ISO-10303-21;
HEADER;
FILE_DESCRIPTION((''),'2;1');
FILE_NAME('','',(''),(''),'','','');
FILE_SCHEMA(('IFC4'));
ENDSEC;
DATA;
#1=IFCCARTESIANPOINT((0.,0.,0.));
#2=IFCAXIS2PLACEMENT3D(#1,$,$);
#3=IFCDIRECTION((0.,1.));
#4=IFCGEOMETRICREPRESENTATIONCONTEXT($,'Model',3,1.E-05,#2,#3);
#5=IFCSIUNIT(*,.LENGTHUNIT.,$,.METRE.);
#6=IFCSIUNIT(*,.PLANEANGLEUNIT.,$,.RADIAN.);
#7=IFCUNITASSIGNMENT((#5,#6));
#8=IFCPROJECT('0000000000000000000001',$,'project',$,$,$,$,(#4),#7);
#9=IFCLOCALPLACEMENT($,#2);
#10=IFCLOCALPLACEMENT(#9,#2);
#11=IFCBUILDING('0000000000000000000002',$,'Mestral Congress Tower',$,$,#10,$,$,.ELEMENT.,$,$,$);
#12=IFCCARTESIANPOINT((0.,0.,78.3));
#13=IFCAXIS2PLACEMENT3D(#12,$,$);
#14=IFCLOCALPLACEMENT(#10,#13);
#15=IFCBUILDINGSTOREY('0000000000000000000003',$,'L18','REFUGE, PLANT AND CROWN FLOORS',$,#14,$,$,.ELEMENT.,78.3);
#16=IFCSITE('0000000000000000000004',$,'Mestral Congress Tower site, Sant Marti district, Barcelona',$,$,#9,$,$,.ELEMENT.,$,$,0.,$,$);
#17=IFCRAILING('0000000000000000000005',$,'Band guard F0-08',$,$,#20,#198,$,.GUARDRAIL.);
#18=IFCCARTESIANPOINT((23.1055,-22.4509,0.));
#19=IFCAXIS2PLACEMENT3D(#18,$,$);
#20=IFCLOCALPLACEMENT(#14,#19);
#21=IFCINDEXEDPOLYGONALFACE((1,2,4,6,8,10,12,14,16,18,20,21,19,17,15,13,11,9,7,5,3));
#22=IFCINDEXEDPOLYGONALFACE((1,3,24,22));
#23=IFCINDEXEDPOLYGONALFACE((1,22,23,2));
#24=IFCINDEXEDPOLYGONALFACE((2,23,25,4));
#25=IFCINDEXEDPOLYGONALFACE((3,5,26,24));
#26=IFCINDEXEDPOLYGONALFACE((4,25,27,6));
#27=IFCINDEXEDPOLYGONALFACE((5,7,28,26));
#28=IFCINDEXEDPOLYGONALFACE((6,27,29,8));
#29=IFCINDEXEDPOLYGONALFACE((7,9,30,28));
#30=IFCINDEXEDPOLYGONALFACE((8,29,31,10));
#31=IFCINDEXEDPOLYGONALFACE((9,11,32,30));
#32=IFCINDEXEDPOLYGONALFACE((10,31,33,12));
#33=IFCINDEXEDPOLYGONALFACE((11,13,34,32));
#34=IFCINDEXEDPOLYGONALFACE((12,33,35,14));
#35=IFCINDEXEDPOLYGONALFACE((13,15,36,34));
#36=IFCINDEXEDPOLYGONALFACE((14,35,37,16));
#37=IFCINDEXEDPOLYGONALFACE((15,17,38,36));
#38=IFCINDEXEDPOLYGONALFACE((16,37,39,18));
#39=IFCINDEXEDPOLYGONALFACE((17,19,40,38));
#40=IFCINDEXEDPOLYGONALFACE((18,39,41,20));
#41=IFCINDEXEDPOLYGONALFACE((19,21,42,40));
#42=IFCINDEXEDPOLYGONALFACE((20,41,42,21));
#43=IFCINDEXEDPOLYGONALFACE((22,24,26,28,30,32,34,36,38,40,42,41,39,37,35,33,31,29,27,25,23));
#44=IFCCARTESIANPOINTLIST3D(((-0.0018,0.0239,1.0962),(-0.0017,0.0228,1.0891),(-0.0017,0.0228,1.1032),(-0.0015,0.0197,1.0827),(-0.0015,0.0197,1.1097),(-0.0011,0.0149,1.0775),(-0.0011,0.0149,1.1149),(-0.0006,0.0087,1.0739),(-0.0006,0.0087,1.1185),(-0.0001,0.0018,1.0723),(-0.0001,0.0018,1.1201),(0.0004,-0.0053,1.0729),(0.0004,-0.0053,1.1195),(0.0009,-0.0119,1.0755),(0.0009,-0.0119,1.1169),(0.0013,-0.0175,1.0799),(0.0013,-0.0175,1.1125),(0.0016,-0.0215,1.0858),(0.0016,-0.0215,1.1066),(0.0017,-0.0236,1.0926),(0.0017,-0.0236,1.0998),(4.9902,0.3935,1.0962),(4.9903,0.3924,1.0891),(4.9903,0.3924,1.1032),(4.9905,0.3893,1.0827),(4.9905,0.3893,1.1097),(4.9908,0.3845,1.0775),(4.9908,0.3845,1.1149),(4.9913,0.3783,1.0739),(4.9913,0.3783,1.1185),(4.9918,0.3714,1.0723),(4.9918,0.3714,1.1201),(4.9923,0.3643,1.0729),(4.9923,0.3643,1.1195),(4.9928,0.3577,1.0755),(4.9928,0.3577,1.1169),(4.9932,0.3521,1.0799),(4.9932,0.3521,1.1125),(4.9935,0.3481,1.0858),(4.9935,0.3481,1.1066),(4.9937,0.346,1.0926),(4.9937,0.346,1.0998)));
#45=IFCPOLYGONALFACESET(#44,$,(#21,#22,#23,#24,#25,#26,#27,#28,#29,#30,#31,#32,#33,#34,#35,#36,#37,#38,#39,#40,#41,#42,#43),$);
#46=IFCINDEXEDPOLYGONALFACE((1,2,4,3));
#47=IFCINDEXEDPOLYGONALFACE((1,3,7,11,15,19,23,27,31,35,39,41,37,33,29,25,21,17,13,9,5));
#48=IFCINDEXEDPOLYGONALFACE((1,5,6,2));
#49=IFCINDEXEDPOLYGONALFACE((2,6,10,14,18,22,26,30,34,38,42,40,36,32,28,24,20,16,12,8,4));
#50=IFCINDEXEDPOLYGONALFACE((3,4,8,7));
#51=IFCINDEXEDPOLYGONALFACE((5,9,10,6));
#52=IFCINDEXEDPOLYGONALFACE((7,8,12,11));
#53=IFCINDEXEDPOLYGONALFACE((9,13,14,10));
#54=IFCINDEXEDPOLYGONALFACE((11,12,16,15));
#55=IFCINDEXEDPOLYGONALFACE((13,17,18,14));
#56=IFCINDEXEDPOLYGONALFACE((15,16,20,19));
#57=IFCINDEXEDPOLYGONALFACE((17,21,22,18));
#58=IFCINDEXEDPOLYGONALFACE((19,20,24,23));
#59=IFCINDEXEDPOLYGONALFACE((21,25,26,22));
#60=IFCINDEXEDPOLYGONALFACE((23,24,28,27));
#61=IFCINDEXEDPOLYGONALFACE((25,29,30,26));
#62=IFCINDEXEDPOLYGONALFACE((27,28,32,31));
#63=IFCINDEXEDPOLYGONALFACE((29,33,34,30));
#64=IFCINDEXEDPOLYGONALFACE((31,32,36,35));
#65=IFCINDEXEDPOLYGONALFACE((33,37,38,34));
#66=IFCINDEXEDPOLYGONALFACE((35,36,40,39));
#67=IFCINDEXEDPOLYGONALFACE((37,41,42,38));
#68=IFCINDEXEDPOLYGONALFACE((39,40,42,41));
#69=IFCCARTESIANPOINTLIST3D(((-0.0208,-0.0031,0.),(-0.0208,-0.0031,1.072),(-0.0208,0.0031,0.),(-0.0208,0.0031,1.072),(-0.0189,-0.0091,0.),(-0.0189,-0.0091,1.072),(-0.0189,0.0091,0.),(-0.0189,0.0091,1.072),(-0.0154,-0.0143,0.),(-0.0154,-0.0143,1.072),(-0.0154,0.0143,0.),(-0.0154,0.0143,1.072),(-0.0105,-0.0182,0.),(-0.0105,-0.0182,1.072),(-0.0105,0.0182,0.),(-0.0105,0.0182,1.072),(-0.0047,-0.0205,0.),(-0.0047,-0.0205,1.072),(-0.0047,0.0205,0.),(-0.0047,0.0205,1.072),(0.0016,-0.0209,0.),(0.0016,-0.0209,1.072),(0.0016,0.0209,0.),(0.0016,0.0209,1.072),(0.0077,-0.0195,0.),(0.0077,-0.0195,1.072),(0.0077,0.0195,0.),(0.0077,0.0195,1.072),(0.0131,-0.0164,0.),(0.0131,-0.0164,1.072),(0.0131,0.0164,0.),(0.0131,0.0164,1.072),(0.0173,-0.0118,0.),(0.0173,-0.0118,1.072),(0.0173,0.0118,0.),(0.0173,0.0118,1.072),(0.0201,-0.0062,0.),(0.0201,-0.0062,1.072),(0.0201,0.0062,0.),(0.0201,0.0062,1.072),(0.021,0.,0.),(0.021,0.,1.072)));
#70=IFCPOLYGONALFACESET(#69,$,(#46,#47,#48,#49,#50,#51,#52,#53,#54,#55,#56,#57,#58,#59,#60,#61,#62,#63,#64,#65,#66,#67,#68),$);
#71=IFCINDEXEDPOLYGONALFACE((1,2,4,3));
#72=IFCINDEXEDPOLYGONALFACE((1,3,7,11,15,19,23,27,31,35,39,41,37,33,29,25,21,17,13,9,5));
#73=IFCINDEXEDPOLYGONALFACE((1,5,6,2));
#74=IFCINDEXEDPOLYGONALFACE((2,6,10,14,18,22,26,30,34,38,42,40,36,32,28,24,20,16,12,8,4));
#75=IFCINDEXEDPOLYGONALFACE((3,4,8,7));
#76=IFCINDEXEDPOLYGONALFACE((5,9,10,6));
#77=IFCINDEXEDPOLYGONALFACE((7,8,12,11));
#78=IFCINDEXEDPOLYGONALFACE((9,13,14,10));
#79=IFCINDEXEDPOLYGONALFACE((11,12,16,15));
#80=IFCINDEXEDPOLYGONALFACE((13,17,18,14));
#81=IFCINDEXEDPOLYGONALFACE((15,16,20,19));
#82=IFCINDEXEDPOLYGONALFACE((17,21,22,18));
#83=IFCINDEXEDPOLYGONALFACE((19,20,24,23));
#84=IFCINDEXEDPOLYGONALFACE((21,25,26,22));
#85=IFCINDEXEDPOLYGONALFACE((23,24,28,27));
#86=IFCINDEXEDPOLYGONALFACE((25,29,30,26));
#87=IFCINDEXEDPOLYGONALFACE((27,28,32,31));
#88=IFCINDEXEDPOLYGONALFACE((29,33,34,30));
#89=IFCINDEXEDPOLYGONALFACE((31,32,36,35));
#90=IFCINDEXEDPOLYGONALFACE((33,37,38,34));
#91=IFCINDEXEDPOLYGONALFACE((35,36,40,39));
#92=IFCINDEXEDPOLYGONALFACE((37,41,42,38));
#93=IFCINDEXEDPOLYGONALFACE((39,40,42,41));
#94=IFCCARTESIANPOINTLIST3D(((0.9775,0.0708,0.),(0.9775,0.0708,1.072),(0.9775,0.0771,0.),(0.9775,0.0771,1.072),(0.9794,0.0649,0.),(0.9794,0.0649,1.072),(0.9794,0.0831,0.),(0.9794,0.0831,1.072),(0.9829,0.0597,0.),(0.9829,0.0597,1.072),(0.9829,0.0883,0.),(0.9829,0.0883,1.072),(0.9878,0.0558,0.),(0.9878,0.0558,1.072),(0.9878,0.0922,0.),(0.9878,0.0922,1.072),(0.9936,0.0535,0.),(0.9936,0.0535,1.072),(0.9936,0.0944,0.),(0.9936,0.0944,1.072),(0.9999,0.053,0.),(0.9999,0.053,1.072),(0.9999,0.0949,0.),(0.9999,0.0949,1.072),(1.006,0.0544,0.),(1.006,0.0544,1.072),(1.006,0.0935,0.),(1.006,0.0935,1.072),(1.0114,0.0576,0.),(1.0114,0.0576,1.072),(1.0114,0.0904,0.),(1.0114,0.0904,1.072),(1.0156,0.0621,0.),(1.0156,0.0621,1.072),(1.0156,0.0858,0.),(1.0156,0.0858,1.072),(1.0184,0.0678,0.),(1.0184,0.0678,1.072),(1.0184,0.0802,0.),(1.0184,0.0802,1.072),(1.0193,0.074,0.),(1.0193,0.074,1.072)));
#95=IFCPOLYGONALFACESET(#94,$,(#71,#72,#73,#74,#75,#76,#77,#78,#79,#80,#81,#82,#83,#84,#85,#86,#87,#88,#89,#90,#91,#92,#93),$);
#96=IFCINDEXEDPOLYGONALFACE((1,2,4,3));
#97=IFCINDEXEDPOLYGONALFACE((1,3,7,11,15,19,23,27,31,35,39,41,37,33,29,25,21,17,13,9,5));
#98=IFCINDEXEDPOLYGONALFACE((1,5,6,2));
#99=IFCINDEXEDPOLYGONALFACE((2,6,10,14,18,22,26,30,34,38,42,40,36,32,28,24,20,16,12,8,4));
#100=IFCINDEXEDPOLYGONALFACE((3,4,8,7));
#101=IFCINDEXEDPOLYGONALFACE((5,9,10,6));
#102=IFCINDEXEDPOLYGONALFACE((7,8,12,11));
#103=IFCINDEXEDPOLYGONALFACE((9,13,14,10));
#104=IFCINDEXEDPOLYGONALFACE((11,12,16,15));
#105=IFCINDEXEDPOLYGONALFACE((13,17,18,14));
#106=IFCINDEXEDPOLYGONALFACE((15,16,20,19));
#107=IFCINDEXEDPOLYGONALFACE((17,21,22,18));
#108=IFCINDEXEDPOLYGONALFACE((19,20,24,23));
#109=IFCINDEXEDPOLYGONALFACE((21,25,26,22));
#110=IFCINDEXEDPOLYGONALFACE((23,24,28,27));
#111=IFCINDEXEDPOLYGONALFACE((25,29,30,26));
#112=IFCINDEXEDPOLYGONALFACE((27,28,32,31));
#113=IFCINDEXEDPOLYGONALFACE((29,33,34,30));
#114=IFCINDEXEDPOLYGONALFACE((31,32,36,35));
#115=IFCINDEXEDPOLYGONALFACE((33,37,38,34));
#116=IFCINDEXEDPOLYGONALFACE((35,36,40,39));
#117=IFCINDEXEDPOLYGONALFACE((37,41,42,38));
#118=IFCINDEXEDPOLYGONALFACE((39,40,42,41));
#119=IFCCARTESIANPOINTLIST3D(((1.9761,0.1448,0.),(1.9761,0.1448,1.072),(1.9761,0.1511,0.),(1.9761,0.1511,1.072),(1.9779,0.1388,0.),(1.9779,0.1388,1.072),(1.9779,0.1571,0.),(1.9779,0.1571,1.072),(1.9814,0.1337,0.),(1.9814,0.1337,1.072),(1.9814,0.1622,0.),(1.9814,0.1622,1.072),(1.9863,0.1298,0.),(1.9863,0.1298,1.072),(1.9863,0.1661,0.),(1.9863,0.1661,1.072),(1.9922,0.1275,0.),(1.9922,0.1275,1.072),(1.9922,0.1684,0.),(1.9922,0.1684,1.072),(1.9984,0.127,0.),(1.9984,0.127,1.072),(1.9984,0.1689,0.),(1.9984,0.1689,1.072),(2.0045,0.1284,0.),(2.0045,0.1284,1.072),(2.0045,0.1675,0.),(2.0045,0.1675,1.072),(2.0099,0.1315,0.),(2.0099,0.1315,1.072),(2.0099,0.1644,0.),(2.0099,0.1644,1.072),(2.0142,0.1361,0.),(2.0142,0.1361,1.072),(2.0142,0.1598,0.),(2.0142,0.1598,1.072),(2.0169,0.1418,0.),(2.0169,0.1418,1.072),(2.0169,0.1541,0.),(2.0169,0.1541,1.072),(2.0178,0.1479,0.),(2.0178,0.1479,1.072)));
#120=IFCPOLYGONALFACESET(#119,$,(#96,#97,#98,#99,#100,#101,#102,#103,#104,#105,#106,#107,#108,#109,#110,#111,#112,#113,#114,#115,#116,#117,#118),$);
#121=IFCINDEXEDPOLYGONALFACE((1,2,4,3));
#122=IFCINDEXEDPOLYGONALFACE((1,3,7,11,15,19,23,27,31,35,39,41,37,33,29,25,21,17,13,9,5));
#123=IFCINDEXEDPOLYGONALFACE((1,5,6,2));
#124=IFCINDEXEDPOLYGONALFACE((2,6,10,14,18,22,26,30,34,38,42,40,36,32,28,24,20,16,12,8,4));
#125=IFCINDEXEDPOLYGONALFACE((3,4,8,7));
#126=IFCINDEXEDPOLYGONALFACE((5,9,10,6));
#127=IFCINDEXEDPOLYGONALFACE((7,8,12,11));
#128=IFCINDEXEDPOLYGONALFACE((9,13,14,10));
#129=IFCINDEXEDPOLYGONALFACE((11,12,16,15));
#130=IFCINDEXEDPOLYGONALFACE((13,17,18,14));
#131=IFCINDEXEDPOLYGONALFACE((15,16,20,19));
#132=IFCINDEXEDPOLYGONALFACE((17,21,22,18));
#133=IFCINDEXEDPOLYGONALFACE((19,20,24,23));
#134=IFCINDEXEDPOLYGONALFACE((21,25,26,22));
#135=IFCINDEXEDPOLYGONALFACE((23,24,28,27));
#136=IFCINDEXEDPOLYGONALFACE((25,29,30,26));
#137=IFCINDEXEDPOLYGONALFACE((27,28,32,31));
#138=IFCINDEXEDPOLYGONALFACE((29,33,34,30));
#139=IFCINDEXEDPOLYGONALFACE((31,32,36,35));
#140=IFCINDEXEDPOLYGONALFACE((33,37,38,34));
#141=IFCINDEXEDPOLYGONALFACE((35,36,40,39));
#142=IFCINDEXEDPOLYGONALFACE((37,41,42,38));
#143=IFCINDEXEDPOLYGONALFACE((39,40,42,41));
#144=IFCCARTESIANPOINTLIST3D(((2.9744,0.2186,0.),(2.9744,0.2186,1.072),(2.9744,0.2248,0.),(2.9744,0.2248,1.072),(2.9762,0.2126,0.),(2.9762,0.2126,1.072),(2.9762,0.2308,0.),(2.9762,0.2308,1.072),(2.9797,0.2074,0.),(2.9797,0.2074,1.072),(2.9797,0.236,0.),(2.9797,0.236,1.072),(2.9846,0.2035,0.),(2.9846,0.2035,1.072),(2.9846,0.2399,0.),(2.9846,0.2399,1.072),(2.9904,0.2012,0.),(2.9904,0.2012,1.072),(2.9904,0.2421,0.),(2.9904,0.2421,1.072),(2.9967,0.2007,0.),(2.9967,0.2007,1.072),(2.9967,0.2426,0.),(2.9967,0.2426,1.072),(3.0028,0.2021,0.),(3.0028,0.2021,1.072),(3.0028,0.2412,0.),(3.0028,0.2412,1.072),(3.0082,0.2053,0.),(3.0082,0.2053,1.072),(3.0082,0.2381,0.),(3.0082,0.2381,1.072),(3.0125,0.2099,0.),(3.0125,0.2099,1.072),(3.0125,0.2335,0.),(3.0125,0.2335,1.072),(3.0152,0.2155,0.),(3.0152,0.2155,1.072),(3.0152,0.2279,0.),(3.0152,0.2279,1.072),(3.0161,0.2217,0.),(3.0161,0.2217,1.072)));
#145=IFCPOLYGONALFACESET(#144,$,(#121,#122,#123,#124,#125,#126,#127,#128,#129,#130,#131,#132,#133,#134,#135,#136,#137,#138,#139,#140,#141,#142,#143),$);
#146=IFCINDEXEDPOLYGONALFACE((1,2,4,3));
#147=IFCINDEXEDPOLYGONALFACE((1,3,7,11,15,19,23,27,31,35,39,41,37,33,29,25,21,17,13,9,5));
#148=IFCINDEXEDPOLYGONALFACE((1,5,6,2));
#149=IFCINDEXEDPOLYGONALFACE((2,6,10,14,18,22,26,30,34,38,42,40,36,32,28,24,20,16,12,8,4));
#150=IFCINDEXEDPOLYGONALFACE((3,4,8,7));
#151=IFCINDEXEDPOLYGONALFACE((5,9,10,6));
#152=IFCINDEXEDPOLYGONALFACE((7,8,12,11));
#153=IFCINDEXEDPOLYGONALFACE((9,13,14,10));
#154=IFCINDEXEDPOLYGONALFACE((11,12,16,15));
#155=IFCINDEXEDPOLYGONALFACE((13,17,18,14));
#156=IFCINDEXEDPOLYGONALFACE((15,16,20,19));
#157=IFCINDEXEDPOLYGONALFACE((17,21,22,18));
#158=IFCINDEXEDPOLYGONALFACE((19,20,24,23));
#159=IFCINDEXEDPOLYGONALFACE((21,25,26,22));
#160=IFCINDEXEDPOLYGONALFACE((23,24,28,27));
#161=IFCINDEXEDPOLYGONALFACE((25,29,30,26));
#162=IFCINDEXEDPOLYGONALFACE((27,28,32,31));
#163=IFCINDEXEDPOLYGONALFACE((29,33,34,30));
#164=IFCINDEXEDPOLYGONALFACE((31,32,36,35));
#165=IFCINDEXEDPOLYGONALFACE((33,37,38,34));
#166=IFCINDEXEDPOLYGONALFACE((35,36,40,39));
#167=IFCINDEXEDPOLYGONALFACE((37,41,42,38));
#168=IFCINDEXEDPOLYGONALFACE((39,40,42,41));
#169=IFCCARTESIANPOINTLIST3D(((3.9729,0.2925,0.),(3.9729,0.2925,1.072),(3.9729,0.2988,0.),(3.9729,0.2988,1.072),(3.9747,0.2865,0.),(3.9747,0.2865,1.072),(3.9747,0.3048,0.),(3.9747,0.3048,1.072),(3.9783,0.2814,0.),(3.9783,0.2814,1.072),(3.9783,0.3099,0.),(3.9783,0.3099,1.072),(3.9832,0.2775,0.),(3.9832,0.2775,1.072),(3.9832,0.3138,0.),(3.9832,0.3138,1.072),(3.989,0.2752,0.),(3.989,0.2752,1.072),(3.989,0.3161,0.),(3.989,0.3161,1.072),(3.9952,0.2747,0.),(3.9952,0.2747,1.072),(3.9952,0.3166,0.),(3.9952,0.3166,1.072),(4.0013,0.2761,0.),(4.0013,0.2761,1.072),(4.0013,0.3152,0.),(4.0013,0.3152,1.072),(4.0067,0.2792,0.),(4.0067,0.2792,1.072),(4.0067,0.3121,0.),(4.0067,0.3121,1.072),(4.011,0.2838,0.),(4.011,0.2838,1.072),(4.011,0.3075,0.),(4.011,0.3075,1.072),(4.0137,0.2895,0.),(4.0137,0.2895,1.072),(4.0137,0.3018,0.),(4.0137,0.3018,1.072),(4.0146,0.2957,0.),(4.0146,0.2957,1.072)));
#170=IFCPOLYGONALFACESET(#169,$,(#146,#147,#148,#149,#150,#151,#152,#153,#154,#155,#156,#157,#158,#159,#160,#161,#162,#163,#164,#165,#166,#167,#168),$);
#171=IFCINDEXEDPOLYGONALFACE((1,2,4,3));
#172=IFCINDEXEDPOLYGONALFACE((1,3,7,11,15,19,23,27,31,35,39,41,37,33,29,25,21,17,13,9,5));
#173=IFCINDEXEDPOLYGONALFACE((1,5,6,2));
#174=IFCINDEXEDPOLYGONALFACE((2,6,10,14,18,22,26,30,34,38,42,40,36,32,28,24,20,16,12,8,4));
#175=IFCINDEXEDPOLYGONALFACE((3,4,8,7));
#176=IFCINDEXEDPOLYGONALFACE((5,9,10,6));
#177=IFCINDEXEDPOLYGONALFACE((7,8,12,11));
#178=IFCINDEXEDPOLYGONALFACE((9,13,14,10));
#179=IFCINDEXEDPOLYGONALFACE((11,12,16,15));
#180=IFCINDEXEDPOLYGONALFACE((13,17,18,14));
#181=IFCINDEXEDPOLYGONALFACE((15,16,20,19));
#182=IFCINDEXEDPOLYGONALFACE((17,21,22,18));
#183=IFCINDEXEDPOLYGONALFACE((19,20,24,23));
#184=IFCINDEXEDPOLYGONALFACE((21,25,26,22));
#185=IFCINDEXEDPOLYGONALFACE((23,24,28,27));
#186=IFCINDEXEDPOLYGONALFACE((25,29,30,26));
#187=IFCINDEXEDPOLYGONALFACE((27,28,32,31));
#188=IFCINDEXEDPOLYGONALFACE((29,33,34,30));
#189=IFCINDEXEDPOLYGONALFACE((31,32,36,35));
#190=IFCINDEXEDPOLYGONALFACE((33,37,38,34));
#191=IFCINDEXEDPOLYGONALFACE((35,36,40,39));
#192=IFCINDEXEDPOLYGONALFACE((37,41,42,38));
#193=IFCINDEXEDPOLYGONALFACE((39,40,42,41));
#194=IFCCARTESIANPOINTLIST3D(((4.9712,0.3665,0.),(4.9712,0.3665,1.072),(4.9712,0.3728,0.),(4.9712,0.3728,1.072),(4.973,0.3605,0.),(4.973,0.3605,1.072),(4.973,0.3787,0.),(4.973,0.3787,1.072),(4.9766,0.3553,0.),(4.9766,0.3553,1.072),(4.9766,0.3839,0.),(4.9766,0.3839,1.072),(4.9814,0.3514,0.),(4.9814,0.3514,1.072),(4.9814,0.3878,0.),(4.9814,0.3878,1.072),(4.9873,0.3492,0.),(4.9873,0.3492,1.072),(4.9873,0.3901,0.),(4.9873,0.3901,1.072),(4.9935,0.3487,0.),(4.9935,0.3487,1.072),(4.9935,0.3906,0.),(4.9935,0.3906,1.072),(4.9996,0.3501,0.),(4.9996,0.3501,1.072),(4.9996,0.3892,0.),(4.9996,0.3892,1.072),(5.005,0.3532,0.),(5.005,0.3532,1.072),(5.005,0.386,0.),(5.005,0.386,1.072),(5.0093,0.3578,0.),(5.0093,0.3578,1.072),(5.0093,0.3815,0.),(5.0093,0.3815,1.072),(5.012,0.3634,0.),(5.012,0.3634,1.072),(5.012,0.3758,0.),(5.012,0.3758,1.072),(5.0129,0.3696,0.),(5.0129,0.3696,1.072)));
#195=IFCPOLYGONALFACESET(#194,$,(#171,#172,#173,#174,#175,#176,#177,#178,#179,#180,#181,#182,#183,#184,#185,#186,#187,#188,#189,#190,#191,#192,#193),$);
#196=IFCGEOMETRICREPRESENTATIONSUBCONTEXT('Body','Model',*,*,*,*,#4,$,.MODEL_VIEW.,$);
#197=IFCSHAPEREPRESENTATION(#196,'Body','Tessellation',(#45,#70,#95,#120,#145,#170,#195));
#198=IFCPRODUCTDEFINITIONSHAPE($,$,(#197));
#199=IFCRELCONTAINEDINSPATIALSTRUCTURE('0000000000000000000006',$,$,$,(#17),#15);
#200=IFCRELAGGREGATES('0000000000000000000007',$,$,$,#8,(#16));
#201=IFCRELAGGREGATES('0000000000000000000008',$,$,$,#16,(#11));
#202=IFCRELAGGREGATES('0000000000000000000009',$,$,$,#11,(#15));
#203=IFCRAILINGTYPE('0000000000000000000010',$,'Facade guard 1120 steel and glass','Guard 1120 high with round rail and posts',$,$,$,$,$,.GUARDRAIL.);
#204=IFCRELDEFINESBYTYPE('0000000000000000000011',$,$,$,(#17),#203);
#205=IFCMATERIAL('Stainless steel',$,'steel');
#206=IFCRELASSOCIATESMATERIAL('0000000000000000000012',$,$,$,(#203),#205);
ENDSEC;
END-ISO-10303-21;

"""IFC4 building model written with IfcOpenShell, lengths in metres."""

from ifc_helpers import new_model, si_unit, direction, frame, origin, origin_2d, place, context, subcontext, project, spatial, circle, extrude, material, type_object, element, save


model = new_model("IFC4")

# Units and contexts
model_context = context("Model", 3, precision=1e-05, world=origin(), true_north=direction((0.0, 1.0)))
body_context = subcontext(model_context, "Body", "Model", "MODEL_VIEW")
ifc_project = project(units=[si_unit("LENGTHUNIT", "METRE"), si_unit("PLANEANGLEUNIT", "RADIAN")], contexts=[model_context])

# Site, building, storey
site_placement = place(None, origin())
site = spatial("IfcSite", under=ifc_project, at=site_placement, Name="Mestral Congress Tower site, Sant Marti district, Barcelona", CompositionType="ELEMENT", RefElevation=0.0)
building_placement = place(site_placement, origin())
building = spatial("IfcBuilding", under=site, at=building_placement, Name="Mestral Congress Tower", CompositionType="ELEMENT")
storey_placement = place(building_placement, frame((0.0, 0.0, 78.3)))
storey = spatial("IfcBuildingStorey", under=building, at=storey_placement, Name="L18", Description="REFUGE, PLANT AND CROWN FLOORS", CompositionType="ELEMENT", Elevation=78.3)

# Railing
ifc_material_1 = material(Name="Stainless steel", Category="steel")
railing_type = type_object("IfcRailingType", Name="Facade guard 1120 steel and glass", Description="Guard 1120 high with round rail and posts", PredefinedType="GUARDRAIL", material=ifc_material_1)
railing_1_placement = place(storey_placement, frame((23.1055, -22.4509, 0.0)))
element("IfcRailing", 1, at=railing_1_placement, inside=storey, type_object=railing_type, Name="Band guard F0-08", PredefinedType="GUARDRAIL", context=body_context, shape_type="SweptSolid", body=[
    extrude(circle(Radius=0.0239, at=origin_2d()), frame((0.0, 0.0, 1.0962), z_axis=(0.99727, 0.073843, 0.0), x_axis=(-0.073843, 0.99727, 0.0)), (0.0, 0.0, 1.0), 5.0056),
    extrude(circle(Radius=0.021, at=origin_2d()), origin(), (0.0, 0.0, 1.0), 1.072),
    extrude(circle(Radius=0.021, at=origin_2d()), frame((0.9983, 0.074, 0.0)), (0.0, 0.0, 1.0), 1.072),
    extrude(circle(Radius=0.021, at=origin_2d()), frame((1.9968, 0.1479, 0.0)), (0.0, 0.0, 1.0), 1.072),
    extrude(circle(Radius=0.021, at=origin_2d()), frame((2.9951, 0.2217, 0.0)), (0.0, 0.0, 1.0), 1.072),
    extrude(circle(Radius=0.021, at=origin_2d()), frame((3.9937, 0.2957, 0.0)), (0.0, 0.0, 1.0), 1.072),
    extrude(circle(Radius=0.021, at=origin_2d()), frame((4.9919, 0.3696, 0.0)), (0.0, 0.0, 1.0), 1.072),
])

save(model, "model.ifc")
